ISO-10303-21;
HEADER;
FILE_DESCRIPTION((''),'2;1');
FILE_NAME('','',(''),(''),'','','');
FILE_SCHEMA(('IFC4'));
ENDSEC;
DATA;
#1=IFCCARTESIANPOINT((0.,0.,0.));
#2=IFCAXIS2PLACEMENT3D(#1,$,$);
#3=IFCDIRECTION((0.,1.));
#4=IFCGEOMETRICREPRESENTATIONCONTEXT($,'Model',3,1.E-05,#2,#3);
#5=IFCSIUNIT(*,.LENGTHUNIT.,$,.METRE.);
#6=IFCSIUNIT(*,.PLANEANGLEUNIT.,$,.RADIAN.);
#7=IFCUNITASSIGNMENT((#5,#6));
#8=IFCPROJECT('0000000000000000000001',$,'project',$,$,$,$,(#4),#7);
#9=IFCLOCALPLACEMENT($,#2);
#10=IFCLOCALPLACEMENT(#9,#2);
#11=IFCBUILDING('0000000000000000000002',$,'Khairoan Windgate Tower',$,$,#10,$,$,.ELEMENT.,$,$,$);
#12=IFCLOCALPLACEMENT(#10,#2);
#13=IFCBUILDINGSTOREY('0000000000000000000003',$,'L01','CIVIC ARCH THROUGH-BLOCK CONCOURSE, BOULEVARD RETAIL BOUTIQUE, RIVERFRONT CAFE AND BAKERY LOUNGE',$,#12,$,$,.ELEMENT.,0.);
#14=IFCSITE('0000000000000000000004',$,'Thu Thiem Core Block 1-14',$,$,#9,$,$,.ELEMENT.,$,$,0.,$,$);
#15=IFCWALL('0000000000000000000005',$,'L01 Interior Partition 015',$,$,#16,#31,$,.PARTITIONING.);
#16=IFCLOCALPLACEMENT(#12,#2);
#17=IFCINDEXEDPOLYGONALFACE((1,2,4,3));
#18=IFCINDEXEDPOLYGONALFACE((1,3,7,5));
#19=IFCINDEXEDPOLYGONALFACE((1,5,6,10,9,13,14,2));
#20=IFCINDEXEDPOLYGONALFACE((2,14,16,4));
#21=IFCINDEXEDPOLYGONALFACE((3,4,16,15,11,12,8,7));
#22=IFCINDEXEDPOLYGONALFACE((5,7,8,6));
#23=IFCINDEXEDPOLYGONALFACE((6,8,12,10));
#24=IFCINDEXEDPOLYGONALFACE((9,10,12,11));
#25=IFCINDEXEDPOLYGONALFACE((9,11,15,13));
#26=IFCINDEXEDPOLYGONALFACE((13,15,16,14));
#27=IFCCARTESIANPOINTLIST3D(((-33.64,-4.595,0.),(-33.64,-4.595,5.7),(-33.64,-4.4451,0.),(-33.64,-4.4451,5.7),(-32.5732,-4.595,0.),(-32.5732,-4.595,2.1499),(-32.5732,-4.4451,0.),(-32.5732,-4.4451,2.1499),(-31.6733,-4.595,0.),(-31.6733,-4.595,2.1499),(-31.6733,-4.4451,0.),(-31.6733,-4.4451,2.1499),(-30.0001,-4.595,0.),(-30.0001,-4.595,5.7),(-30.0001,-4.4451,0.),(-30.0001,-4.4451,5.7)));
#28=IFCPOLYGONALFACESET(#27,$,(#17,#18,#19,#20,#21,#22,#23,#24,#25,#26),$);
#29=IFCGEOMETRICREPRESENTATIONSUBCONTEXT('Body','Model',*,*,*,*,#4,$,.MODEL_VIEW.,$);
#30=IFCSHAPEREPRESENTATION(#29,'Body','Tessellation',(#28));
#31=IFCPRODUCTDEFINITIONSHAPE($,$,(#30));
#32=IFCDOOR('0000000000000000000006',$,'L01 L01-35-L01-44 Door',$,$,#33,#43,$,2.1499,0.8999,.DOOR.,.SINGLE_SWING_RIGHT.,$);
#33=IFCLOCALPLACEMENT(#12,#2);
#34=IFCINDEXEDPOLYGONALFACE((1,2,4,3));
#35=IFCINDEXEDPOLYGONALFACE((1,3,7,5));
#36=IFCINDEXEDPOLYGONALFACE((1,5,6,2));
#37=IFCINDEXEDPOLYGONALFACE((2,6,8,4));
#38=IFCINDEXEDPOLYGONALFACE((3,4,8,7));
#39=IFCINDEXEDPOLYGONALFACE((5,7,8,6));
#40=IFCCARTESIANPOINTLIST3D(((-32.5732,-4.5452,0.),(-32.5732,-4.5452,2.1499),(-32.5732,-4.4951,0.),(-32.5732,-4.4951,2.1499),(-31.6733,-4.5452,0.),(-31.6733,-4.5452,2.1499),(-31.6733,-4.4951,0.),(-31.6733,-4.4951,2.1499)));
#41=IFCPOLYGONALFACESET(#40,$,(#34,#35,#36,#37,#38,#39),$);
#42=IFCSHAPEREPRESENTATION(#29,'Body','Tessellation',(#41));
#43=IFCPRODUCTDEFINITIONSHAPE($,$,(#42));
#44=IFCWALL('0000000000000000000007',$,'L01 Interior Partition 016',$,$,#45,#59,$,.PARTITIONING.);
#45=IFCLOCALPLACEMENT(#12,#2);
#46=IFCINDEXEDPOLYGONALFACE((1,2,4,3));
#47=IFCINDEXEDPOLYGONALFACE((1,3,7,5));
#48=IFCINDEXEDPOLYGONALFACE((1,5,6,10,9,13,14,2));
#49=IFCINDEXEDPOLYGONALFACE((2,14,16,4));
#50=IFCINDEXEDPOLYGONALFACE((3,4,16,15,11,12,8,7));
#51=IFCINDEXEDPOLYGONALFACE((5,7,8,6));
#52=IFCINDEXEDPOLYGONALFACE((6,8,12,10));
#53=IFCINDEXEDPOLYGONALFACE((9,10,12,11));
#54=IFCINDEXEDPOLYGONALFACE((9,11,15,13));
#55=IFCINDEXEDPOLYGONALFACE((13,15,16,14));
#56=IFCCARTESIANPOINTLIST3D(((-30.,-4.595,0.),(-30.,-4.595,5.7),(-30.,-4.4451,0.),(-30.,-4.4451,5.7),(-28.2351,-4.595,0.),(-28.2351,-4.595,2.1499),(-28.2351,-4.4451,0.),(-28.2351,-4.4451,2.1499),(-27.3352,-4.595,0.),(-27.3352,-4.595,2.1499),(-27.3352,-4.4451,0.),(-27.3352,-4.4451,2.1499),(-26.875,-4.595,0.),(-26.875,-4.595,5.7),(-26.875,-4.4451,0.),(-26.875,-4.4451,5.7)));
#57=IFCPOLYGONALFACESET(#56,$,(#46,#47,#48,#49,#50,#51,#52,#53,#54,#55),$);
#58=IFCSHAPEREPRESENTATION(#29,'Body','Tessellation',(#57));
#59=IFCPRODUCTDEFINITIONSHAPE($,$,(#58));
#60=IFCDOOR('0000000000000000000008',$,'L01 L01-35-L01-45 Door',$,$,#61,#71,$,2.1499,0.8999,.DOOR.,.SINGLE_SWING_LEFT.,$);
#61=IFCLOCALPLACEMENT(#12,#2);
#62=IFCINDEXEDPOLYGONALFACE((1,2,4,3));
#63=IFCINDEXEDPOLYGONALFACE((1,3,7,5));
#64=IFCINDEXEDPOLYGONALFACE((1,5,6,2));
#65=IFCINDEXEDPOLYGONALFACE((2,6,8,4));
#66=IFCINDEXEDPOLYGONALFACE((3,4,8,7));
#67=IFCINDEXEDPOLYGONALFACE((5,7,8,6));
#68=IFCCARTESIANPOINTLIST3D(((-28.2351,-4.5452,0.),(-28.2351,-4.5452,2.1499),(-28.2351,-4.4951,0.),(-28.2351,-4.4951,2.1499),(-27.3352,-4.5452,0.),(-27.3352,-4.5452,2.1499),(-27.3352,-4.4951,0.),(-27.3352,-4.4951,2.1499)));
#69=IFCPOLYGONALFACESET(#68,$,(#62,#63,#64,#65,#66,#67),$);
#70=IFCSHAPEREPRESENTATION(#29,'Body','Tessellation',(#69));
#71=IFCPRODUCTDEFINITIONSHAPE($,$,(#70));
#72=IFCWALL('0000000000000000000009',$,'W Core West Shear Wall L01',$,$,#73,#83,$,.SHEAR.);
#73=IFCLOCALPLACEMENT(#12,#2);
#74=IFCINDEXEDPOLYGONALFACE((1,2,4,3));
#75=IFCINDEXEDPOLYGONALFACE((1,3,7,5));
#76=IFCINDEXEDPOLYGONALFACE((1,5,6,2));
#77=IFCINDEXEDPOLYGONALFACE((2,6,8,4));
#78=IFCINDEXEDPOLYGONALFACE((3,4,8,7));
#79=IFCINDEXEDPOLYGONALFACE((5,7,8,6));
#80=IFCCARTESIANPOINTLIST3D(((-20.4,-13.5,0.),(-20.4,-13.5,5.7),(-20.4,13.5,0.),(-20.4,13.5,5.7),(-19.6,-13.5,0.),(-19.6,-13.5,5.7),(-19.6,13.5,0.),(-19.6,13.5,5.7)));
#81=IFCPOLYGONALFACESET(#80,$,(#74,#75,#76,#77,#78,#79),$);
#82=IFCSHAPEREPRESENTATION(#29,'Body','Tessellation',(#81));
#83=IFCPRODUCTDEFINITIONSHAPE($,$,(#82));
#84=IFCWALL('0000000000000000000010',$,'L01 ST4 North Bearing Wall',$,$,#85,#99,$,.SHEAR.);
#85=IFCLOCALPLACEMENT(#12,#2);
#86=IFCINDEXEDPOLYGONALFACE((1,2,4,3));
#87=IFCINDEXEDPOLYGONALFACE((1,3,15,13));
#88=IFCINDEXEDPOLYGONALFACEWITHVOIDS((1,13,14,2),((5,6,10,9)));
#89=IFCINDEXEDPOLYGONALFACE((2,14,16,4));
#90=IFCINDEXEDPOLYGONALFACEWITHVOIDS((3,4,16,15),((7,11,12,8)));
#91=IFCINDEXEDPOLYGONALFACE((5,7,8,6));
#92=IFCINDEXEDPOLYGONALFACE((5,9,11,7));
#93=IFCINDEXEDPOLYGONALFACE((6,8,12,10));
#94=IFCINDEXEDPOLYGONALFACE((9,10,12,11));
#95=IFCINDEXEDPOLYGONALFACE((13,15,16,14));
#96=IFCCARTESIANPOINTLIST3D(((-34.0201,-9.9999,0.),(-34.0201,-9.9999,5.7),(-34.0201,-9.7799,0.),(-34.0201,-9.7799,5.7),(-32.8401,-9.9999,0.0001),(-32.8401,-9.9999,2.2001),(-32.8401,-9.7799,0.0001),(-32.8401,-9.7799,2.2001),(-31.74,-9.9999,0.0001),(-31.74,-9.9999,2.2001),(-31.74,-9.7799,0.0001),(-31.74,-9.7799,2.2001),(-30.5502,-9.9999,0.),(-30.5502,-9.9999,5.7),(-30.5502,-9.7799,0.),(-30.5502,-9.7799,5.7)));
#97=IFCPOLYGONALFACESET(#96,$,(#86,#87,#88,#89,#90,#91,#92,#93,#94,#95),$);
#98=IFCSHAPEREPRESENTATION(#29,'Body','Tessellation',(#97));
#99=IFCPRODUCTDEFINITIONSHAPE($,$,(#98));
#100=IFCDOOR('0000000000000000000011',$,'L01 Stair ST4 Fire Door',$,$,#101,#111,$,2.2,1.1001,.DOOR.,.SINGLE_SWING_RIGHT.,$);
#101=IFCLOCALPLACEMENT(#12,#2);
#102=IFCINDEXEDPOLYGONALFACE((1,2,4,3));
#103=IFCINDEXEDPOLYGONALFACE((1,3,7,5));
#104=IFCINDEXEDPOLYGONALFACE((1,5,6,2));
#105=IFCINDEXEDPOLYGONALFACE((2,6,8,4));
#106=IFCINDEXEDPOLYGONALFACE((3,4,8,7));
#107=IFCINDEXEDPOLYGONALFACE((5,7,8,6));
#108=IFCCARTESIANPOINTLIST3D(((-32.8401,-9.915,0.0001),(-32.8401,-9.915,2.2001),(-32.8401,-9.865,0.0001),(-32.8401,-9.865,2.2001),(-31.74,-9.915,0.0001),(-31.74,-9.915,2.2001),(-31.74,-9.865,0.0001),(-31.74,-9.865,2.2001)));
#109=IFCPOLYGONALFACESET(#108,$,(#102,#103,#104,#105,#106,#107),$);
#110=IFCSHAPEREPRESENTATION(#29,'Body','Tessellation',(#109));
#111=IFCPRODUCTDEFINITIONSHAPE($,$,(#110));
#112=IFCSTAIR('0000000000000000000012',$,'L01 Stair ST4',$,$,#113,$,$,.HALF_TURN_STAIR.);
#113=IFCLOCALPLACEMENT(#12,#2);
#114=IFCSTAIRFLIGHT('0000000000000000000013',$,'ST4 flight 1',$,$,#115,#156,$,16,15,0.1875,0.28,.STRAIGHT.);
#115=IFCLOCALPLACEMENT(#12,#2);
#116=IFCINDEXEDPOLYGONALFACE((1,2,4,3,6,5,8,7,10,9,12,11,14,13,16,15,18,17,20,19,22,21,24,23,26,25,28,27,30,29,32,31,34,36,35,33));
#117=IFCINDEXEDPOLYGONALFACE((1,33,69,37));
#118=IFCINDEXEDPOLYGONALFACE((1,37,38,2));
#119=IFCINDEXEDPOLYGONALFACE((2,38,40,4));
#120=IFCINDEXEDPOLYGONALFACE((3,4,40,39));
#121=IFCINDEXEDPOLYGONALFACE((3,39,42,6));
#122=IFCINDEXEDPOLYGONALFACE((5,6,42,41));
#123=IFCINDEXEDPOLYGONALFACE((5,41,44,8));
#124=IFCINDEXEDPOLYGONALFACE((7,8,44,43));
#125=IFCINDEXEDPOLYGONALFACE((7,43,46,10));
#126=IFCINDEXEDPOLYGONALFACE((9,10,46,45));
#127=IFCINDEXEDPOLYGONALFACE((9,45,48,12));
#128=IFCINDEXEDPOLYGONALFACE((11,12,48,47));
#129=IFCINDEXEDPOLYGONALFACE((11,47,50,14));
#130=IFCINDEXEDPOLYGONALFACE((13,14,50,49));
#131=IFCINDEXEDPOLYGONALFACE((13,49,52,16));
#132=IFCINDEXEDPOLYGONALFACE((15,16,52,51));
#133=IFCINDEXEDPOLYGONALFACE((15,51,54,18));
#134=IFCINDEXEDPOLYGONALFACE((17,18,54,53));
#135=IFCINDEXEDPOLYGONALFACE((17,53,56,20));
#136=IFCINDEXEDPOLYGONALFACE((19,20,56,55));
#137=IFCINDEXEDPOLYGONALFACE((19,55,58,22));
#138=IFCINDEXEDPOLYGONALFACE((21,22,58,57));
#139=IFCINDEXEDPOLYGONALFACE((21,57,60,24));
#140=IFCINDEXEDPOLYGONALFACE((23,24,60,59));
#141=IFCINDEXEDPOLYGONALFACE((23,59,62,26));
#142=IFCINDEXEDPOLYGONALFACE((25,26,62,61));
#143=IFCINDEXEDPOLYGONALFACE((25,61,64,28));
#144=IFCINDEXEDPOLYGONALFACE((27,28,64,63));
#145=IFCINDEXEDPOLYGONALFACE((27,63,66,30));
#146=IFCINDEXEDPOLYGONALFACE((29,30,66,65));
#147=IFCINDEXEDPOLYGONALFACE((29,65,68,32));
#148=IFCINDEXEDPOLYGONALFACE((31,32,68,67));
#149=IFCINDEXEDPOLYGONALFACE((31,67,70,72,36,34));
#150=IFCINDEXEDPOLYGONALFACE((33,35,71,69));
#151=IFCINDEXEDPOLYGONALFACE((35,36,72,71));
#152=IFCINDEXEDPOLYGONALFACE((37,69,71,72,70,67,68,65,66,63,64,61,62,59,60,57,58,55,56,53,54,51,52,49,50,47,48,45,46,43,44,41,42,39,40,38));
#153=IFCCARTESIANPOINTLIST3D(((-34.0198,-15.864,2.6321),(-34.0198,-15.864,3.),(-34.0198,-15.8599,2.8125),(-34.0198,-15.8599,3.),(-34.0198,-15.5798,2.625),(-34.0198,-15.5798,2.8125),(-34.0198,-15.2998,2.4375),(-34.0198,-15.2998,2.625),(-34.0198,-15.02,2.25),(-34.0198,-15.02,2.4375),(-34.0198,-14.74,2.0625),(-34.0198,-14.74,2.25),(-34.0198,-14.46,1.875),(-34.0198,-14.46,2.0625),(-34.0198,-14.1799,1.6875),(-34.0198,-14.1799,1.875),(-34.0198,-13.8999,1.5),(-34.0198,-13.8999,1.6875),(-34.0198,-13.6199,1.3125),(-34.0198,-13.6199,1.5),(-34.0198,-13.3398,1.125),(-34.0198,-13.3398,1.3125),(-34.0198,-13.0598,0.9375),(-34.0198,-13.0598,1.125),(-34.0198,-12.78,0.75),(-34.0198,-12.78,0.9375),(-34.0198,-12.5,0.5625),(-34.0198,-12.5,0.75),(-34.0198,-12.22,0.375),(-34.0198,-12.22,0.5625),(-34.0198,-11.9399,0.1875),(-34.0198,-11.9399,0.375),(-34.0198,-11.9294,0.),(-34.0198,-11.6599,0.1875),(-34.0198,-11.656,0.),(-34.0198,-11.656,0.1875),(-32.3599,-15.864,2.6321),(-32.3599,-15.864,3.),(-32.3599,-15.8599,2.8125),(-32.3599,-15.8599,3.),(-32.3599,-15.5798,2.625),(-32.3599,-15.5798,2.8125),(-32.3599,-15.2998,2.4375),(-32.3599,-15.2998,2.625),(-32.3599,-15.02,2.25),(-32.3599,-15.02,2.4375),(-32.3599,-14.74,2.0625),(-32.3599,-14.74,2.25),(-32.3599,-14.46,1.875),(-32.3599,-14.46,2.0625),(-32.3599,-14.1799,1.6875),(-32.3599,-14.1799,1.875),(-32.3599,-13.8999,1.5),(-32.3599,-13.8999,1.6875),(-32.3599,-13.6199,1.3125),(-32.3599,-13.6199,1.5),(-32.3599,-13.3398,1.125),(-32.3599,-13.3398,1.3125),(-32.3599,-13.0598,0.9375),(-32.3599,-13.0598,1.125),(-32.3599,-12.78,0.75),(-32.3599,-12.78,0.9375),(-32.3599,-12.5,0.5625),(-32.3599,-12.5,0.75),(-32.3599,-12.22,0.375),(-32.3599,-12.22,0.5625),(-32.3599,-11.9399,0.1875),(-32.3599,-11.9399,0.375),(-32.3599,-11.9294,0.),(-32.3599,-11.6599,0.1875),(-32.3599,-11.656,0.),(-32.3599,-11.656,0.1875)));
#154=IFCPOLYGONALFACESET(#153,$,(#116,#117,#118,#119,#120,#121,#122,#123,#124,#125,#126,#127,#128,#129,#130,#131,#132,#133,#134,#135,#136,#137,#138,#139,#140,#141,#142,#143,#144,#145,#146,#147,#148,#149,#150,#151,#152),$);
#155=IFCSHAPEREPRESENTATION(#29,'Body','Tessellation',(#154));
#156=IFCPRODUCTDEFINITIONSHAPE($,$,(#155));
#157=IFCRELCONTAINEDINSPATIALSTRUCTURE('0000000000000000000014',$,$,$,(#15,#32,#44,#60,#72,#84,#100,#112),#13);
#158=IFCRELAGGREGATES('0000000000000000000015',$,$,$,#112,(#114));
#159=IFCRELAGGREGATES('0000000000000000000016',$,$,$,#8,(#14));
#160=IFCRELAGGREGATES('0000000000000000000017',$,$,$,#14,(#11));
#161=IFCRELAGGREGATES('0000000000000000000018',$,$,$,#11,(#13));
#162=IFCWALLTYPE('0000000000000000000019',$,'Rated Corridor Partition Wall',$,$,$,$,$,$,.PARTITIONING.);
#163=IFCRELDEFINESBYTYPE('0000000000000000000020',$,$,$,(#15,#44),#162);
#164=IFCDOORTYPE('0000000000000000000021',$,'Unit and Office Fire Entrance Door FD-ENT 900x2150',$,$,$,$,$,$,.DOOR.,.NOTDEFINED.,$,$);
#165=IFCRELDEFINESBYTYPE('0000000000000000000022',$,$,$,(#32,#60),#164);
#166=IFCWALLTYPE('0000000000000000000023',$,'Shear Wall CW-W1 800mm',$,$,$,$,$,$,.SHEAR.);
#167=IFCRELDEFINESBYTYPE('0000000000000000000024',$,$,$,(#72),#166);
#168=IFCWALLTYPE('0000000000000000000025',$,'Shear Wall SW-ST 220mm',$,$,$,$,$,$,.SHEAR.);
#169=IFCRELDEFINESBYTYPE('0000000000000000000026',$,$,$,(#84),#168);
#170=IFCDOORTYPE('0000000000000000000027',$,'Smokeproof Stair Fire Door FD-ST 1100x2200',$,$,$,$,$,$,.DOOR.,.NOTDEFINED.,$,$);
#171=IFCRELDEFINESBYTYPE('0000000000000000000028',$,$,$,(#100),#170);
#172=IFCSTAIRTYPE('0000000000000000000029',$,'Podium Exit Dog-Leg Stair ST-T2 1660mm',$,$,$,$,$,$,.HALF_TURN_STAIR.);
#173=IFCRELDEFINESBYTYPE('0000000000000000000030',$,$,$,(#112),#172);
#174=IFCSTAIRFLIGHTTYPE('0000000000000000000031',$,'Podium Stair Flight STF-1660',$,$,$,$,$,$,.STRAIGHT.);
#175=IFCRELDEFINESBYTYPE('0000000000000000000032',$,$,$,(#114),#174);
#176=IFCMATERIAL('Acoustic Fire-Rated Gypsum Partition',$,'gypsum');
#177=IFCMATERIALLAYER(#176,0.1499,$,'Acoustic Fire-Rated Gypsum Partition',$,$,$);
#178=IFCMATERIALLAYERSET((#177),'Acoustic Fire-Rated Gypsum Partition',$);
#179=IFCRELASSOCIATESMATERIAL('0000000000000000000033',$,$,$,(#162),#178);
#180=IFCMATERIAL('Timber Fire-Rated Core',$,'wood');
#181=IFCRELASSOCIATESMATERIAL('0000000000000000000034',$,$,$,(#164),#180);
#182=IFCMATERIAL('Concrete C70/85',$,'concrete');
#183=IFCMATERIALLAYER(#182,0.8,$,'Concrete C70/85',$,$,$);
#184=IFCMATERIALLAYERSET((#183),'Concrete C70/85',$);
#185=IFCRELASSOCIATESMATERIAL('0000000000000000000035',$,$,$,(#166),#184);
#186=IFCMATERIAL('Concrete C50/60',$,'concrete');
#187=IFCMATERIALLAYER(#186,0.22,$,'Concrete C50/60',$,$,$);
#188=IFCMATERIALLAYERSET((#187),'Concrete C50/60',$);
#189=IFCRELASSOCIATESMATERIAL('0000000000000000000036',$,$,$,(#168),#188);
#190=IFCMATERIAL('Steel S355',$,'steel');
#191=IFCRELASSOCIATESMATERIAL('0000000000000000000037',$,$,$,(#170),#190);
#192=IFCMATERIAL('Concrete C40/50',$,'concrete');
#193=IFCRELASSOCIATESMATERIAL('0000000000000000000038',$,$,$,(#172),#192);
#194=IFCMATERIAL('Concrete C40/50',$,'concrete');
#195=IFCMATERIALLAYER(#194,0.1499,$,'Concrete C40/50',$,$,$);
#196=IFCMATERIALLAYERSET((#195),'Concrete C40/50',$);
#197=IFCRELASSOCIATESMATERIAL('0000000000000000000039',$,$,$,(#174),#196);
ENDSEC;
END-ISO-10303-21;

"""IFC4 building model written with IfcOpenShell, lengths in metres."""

from ifc_helpers import new_model, si_unit, direction, frame, frame_2d, origin, place, context, subcontext, project, spatial, polyline, rectangle, outline, extrude, material, layer, layer_set, type_object, element, fill, aggregate, save


model = new_model("IFC4")

# Units and contexts
model_context = context("Model", 3, precision=1e-05, world=origin(), true_north=direction((0.0, 1.0)))
body_context = subcontext(model_context, "Body", "Model", "MODEL_VIEW")
ifc_project = project(units=[si_unit("LENGTHUNIT", "METRE"), si_unit("PLANEANGLEUNIT", "RADIAN")], contexts=[model_context])

# Site, building, storey
site_placement = place(None, origin())
site = spatial("IfcSite", under=ifc_project, at=site_placement, Name="Thu Thiem Core Block 1-14", CompositionType="ELEMENT", RefElevation=0.0)
building_placement = place(site_placement, origin())
building = spatial("IfcBuilding", under=site, at=building_placement, Name="Khairoan Windgate Tower", CompositionType="ELEMENT")
storey_placement = place(building_placement, origin())
storey = spatial("IfcBuildingStorey", under=building, at=storey_placement, Name="L01", Description="CIVIC ARCH THROUGH-BLOCK CONCOURSE, BOULEVARD RETAIL BOUTIQUE, RIVERFRONT CAFE AND BAKERY LOUNGE", CompositionType="ELEMENT", Elevation=0.0)

# Walls, openings, doors
ifc_material_1 = material(Name="Acoustic Fire-Rated Gypsum Partition", Category="gypsum")
ifc_layer_1 = layer(ifc_material_1, 0.1499, Name="Acoustic Fire-Rated Gypsum Partition")
ifc_layer_set_1 = layer_set([ifc_layer_1], Name="Acoustic Fire-Rated Gypsum Partition")
wall_type_1 = type_object("IfcWallType", Name="Rated Corridor Partition Wall", PredefinedType="PARTITIONING", material=ifc_layer_set_1)
wall_1_placement = place(storey_placement, frame((-33.6399, -4.52, 0.0), z_axis=(0.0, 0.0, 1.0), x_axis=(1.0, 0.0, 0.0)))
wall_1 = element("IfcWall", 1, at=wall_1_placement, inside=storey, type_object=wall_type_1, Name="L01 Interior Partition 015", PredefinedType="PARTITIONING", context=body_context, shape_type="SweptSolid", body=[
    extrude(rectangle(XDim=3.6399, YDim=0.1499, at=frame_2d((1.8198, 0.0))), origin(), (0.0, 0.0, 1.0), 5.7),
])
opening_1_placement = place(wall_1_placement, frame((1.0667, 0.0, 0.0)))
opening_1 = element("IfcOpeningElement", 2, at=opening_1_placement, cuts=wall_1, PredefinedType="OPENING", context=body_context, shape_type="SweptSolid", body=[
    extrude(rectangle(XDim=0.8999, YDim=2.1499, at=frame_2d((0.45, 1.075))), frame((0.0, 0.085, 0.0), z_axis=(0.0, -1.0, 0.0), x_axis=(1.0, 0.0, 0.0)), (0.0, 0.0, 1.0), 0.1699),
])
ifc_material_2 = material(Name="Timber Fire-Rated Core", Category="wood")
door_type_1 = type_object("IfcDoorType", Name="Unit and Office Fire Entrance Door FD-ENT 900x2150", OperationType="NOTDEFINED", PredefinedType="DOOR", material=ifc_material_2)
door_1_placement = place(opening_1_placement, origin())
door_1 = element("IfcDoor", 3, at=door_1_placement, inside=storey, type_object=door_type_1, Name="L01 L01-35-L01-44 Door", OperationType="SINGLE_SWING_RIGHT", OverallHeight=2.1499, OverallWidth=0.8999, PredefinedType="DOOR", context=body_context, shape_type="SweptSolid", body=[
    extrude(rectangle(XDim=0.8999, YDim=2.1499, at=frame_2d((0.45, 1.075))), frame((0.0, 0.0249, 0.0), z_axis=(0.0, -1.0, 0.0), x_axis=(1.0, 0.0, 0.0)), (0.0, 0.0, 1.0), 0.05),
])
fill(opening_1, door_1)
wall_2_placement = place(storey_placement, frame((-30.0, -4.52, 0.0), z_axis=(0.0, 0.0, 1.0), x_axis=(1.0, 0.0, 0.0)))
wall_2 = element("IfcWall", 4, at=wall_2_placement, inside=storey, type_object=wall_type_1, Name="L01 Interior Partition 016", PredefinedType="PARTITIONING", context=body_context, shape_type="SweptSolid", body=[
    extrude(rectangle(XDim=3.125, YDim=0.1499, at=frame_2d((1.5625, 0.0))), origin(), (0.0, 0.0, 1.0), 5.7),
])
opening_2_placement = place(wall_2_placement, frame((1.7649, 0.0, 0.0)))
opening_2 = element("IfcOpeningElement", 5, at=opening_2_placement, cuts=wall_2, PredefinedType="OPENING", context=body_context, shape_type="SweptSolid", body=[
    extrude(rectangle(XDim=0.8999, YDim=2.1499, at=frame_2d((0.45, 1.075))), frame((0.0, 0.085, 0.0), z_axis=(0.0, -1.0, 0.0), x_axis=(1.0, 0.0, 0.0)), (0.0, 0.0, 1.0), 0.1699),
])
door_2_placement = place(opening_2_placement, origin())
door_2 = element("IfcDoor", 6, at=door_2_placement, inside=storey, type_object=door_type_1, Name="L01 L01-35-L01-45 Door", OperationType="SINGLE_SWING_LEFT", OverallHeight=2.1499, OverallWidth=0.8999, PredefinedType="DOOR", context=body_context, shape_type="SweptSolid", body=[
    extrude(rectangle(XDim=0.8999, YDim=2.1499, at=frame_2d((0.45, 1.075))), frame((0.0, 0.0249, 0.0), z_axis=(0.0, -1.0, 0.0), x_axis=(1.0, 0.0, 0.0)), (0.0, 0.0, 1.0), 0.05),
])
fill(opening_2, door_2)

# Wall
ifc_material_3 = material(Name="Concrete C70/85", Category="concrete")
ifc_layer_2 = layer(ifc_material_3, 0.8, Name="Concrete C70/85")
ifc_layer_set_2 = layer_set([ifc_layer_2], Name="Concrete C70/85")
wall_type_2 = type_object("IfcWallType", Name="Shear Wall CW-W1 800mm", PredefinedType="SHEAR", material=ifc_layer_set_2)
wall_3_placement = place(storey_placement, frame((-20.0, -13.5, 0.0), z_axis=(0.0, 0.0, 1.0), x_axis=(0.0, 1.0, 0.0)))
element("IfcWall", 7, at=wall_3_placement, inside=storey, type_object=wall_type_2, Name="W Core West Shear Wall L01", PredefinedType="SHEAR", context=body_context, shape_type="SweptSolid", body=[
    extrude(rectangle(XDim=27.0, YDim=0.8, at=frame_2d((13.5, 0.0))), origin(), (0.0, 0.0, 1.0), 5.7),
])

# Wall, opening, door
ifc_material_4 = material(Name="Concrete C50/60", Category="concrete")
ifc_layer_3 = layer(ifc_material_4, 0.22, Name="Concrete C50/60")
ifc_layer_set_3 = layer_set([ifc_layer_3], Name="Concrete C50/60")
wall_type_3 = type_object("IfcWallType", Name="Shear Wall SW-ST 220mm", PredefinedType="SHEAR", material=ifc_layer_set_3)
wall_4_placement = place(storey_placement, frame((-34.02, -9.8899, 0.0), z_axis=(0.0, 0.0, 1.0), x_axis=(1.0, 0.0, 0.0)))
wall_4 = element("IfcWall", 8, at=wall_4_placement, inside=storey, type_object=wall_type_3, Name="L01 ST4 North Bearing Wall", PredefinedType="SHEAR", context=body_context, shape_type="SweptSolid", body=[
    extrude(rectangle(XDim=3.47, YDim=0.22, at=frame_2d((1.7349, 0.0))), origin(), (0.0, 0.0, 1.0), 5.7),
])
opening_3_placement = place(wall_4_placement, frame((1.1799, 0.0, 0.0)))
opening_3 = element("IfcOpeningElement", 9, at=opening_3_placement, cuts=wall_4, PredefinedType="OPENING", context=body_context, shape_type="SweptSolid", body=[
    extrude(rectangle(XDim=1.1001, YDim=2.2, at=frame_2d((0.55, 1.1001))), frame((0.0, 0.1199, 0.0), z_axis=(0.0, -1.0, 0.0), x_axis=(1.0, 0.0, 0.0)), (0.0, 0.0, 1.0), 0.24),
])
ifc_material_5 = material(Name="Steel S355", Category="steel")
door_type_2 = type_object("IfcDoorType", Name="Smokeproof Stair Fire Door FD-ST 1100x2200", OperationType="NOTDEFINED", PredefinedType="DOOR", material=ifc_material_5)
door_3_placement = place(opening_3_placement, origin())
door_3 = element("IfcDoor", 10, at=door_3_placement, inside=storey, type_object=door_type_2, Name="L01 Stair ST4 Fire Door", OperationType="SINGLE_SWING_RIGHT", OverallHeight=2.2, OverallWidth=1.1001, PredefinedType="DOOR", context=body_context, shape_type="SweptSolid", body=[
    extrude(rectangle(XDim=1.1001, YDim=2.2, at=frame_2d((0.55, 1.1001))), frame((0.0, 0.0249, 0.0), z_axis=(0.0, -1.0, 0.0), x_axis=(1.0, 0.0, 0.0)), (0.0, 0.0, 1.0), 0.05),
])
fill(opening_3, door_3)

# Stair, stair flight
ifc_material_6 = material(Name="Concrete C40/50", Category="concrete")
stair_type = type_object("IfcStairType", Name="Podium Exit Dog-Leg Stair ST-T2 1660mm", PredefinedType="HALF_TURN_STAIR", material=ifc_material_6)
stair_placement = place(storey_placement, origin())
stair = element("IfcStair", 11, at=stair_placement, inside=storey, type_object=stair_type, Name="L01 Stair ST4", PredefinedType="HALF_TURN_STAIR")
ifc_material_7 = material(Name="Concrete C40/50", Category="concrete")
ifc_layer_4 = layer(ifc_material_7, 0.1499, Name="Concrete C40/50")
ifc_layer_set_4 = layer_set([ifc_layer_4], Name="Concrete C40/50")
stair_flight_type = type_object("IfcStairFlightType", Name="Podium Stair Flight STF-1660", PredefinedType="STRAIGHT", material=ifc_layer_set_4)
stair_flight_placement = place(storey_placement, frame((-33.1899, -11.6599, 0.0), z_axis=(0.0, 0.0, 1.0), x_axis=(0.0, -1.0, 0.0)))
stair_flight = element("IfcStairFlight", 12, at=stair_flight_placement, type_object=stair_flight_type, Name="ST4 flight 1", NumberOfRisers=16, NumberOfTreads=15, PredefinedType="STRAIGHT", RiserHeight=0.1875, TreadLength=0.28, context=body_context, shape_type="SweptSolid", body=[
    extrude(outline(polyline([(-0.0039, 0.0), (-0.0039, 0.1875), (0.0, 0.1875), (0.28, 0.1875), (0.28, 0.375), (0.5601, 0.375), (0.5601, 0.5625), (0.8401, 0.5625), (0.8401, 0.75), (1.1201, 0.75), (1.1201, 0.9375), (1.3999, 0.9375), (1.3999, 1.125), (1.6799, 1.125), (1.6799, 1.3125), (1.96, 1.3125), (1.96, 1.5), (2.24, 1.5), (2.24, 1.6875), (2.52, 1.6875), (2.52, 1.875), (2.8, 1.875), (2.8, 2.0625), (3.0801, 2.0625), (3.0801, 2.25), (3.3601, 2.25), (3.3601, 2.4375), (3.6399, 2.4375), (3.6399, 2.625), (3.9199, 2.625), (3.9199, 2.8125), (4.2, 2.8125), (4.2, 3.0), (4.2041, 3.0), (4.2041, 2.6321), (0.2695, 0.0), (-0.0039, 0.0)])), frame((0.0, 0.8301, 0.0), z_axis=(0.0, -1.0, 0.0), x_axis=(1.0, 0.0, 0.0)), (0.0, 0.0, 1.0), 1.6599),
])
aggregate(stair, [stair_flight])

save(model, "model.ifc")
